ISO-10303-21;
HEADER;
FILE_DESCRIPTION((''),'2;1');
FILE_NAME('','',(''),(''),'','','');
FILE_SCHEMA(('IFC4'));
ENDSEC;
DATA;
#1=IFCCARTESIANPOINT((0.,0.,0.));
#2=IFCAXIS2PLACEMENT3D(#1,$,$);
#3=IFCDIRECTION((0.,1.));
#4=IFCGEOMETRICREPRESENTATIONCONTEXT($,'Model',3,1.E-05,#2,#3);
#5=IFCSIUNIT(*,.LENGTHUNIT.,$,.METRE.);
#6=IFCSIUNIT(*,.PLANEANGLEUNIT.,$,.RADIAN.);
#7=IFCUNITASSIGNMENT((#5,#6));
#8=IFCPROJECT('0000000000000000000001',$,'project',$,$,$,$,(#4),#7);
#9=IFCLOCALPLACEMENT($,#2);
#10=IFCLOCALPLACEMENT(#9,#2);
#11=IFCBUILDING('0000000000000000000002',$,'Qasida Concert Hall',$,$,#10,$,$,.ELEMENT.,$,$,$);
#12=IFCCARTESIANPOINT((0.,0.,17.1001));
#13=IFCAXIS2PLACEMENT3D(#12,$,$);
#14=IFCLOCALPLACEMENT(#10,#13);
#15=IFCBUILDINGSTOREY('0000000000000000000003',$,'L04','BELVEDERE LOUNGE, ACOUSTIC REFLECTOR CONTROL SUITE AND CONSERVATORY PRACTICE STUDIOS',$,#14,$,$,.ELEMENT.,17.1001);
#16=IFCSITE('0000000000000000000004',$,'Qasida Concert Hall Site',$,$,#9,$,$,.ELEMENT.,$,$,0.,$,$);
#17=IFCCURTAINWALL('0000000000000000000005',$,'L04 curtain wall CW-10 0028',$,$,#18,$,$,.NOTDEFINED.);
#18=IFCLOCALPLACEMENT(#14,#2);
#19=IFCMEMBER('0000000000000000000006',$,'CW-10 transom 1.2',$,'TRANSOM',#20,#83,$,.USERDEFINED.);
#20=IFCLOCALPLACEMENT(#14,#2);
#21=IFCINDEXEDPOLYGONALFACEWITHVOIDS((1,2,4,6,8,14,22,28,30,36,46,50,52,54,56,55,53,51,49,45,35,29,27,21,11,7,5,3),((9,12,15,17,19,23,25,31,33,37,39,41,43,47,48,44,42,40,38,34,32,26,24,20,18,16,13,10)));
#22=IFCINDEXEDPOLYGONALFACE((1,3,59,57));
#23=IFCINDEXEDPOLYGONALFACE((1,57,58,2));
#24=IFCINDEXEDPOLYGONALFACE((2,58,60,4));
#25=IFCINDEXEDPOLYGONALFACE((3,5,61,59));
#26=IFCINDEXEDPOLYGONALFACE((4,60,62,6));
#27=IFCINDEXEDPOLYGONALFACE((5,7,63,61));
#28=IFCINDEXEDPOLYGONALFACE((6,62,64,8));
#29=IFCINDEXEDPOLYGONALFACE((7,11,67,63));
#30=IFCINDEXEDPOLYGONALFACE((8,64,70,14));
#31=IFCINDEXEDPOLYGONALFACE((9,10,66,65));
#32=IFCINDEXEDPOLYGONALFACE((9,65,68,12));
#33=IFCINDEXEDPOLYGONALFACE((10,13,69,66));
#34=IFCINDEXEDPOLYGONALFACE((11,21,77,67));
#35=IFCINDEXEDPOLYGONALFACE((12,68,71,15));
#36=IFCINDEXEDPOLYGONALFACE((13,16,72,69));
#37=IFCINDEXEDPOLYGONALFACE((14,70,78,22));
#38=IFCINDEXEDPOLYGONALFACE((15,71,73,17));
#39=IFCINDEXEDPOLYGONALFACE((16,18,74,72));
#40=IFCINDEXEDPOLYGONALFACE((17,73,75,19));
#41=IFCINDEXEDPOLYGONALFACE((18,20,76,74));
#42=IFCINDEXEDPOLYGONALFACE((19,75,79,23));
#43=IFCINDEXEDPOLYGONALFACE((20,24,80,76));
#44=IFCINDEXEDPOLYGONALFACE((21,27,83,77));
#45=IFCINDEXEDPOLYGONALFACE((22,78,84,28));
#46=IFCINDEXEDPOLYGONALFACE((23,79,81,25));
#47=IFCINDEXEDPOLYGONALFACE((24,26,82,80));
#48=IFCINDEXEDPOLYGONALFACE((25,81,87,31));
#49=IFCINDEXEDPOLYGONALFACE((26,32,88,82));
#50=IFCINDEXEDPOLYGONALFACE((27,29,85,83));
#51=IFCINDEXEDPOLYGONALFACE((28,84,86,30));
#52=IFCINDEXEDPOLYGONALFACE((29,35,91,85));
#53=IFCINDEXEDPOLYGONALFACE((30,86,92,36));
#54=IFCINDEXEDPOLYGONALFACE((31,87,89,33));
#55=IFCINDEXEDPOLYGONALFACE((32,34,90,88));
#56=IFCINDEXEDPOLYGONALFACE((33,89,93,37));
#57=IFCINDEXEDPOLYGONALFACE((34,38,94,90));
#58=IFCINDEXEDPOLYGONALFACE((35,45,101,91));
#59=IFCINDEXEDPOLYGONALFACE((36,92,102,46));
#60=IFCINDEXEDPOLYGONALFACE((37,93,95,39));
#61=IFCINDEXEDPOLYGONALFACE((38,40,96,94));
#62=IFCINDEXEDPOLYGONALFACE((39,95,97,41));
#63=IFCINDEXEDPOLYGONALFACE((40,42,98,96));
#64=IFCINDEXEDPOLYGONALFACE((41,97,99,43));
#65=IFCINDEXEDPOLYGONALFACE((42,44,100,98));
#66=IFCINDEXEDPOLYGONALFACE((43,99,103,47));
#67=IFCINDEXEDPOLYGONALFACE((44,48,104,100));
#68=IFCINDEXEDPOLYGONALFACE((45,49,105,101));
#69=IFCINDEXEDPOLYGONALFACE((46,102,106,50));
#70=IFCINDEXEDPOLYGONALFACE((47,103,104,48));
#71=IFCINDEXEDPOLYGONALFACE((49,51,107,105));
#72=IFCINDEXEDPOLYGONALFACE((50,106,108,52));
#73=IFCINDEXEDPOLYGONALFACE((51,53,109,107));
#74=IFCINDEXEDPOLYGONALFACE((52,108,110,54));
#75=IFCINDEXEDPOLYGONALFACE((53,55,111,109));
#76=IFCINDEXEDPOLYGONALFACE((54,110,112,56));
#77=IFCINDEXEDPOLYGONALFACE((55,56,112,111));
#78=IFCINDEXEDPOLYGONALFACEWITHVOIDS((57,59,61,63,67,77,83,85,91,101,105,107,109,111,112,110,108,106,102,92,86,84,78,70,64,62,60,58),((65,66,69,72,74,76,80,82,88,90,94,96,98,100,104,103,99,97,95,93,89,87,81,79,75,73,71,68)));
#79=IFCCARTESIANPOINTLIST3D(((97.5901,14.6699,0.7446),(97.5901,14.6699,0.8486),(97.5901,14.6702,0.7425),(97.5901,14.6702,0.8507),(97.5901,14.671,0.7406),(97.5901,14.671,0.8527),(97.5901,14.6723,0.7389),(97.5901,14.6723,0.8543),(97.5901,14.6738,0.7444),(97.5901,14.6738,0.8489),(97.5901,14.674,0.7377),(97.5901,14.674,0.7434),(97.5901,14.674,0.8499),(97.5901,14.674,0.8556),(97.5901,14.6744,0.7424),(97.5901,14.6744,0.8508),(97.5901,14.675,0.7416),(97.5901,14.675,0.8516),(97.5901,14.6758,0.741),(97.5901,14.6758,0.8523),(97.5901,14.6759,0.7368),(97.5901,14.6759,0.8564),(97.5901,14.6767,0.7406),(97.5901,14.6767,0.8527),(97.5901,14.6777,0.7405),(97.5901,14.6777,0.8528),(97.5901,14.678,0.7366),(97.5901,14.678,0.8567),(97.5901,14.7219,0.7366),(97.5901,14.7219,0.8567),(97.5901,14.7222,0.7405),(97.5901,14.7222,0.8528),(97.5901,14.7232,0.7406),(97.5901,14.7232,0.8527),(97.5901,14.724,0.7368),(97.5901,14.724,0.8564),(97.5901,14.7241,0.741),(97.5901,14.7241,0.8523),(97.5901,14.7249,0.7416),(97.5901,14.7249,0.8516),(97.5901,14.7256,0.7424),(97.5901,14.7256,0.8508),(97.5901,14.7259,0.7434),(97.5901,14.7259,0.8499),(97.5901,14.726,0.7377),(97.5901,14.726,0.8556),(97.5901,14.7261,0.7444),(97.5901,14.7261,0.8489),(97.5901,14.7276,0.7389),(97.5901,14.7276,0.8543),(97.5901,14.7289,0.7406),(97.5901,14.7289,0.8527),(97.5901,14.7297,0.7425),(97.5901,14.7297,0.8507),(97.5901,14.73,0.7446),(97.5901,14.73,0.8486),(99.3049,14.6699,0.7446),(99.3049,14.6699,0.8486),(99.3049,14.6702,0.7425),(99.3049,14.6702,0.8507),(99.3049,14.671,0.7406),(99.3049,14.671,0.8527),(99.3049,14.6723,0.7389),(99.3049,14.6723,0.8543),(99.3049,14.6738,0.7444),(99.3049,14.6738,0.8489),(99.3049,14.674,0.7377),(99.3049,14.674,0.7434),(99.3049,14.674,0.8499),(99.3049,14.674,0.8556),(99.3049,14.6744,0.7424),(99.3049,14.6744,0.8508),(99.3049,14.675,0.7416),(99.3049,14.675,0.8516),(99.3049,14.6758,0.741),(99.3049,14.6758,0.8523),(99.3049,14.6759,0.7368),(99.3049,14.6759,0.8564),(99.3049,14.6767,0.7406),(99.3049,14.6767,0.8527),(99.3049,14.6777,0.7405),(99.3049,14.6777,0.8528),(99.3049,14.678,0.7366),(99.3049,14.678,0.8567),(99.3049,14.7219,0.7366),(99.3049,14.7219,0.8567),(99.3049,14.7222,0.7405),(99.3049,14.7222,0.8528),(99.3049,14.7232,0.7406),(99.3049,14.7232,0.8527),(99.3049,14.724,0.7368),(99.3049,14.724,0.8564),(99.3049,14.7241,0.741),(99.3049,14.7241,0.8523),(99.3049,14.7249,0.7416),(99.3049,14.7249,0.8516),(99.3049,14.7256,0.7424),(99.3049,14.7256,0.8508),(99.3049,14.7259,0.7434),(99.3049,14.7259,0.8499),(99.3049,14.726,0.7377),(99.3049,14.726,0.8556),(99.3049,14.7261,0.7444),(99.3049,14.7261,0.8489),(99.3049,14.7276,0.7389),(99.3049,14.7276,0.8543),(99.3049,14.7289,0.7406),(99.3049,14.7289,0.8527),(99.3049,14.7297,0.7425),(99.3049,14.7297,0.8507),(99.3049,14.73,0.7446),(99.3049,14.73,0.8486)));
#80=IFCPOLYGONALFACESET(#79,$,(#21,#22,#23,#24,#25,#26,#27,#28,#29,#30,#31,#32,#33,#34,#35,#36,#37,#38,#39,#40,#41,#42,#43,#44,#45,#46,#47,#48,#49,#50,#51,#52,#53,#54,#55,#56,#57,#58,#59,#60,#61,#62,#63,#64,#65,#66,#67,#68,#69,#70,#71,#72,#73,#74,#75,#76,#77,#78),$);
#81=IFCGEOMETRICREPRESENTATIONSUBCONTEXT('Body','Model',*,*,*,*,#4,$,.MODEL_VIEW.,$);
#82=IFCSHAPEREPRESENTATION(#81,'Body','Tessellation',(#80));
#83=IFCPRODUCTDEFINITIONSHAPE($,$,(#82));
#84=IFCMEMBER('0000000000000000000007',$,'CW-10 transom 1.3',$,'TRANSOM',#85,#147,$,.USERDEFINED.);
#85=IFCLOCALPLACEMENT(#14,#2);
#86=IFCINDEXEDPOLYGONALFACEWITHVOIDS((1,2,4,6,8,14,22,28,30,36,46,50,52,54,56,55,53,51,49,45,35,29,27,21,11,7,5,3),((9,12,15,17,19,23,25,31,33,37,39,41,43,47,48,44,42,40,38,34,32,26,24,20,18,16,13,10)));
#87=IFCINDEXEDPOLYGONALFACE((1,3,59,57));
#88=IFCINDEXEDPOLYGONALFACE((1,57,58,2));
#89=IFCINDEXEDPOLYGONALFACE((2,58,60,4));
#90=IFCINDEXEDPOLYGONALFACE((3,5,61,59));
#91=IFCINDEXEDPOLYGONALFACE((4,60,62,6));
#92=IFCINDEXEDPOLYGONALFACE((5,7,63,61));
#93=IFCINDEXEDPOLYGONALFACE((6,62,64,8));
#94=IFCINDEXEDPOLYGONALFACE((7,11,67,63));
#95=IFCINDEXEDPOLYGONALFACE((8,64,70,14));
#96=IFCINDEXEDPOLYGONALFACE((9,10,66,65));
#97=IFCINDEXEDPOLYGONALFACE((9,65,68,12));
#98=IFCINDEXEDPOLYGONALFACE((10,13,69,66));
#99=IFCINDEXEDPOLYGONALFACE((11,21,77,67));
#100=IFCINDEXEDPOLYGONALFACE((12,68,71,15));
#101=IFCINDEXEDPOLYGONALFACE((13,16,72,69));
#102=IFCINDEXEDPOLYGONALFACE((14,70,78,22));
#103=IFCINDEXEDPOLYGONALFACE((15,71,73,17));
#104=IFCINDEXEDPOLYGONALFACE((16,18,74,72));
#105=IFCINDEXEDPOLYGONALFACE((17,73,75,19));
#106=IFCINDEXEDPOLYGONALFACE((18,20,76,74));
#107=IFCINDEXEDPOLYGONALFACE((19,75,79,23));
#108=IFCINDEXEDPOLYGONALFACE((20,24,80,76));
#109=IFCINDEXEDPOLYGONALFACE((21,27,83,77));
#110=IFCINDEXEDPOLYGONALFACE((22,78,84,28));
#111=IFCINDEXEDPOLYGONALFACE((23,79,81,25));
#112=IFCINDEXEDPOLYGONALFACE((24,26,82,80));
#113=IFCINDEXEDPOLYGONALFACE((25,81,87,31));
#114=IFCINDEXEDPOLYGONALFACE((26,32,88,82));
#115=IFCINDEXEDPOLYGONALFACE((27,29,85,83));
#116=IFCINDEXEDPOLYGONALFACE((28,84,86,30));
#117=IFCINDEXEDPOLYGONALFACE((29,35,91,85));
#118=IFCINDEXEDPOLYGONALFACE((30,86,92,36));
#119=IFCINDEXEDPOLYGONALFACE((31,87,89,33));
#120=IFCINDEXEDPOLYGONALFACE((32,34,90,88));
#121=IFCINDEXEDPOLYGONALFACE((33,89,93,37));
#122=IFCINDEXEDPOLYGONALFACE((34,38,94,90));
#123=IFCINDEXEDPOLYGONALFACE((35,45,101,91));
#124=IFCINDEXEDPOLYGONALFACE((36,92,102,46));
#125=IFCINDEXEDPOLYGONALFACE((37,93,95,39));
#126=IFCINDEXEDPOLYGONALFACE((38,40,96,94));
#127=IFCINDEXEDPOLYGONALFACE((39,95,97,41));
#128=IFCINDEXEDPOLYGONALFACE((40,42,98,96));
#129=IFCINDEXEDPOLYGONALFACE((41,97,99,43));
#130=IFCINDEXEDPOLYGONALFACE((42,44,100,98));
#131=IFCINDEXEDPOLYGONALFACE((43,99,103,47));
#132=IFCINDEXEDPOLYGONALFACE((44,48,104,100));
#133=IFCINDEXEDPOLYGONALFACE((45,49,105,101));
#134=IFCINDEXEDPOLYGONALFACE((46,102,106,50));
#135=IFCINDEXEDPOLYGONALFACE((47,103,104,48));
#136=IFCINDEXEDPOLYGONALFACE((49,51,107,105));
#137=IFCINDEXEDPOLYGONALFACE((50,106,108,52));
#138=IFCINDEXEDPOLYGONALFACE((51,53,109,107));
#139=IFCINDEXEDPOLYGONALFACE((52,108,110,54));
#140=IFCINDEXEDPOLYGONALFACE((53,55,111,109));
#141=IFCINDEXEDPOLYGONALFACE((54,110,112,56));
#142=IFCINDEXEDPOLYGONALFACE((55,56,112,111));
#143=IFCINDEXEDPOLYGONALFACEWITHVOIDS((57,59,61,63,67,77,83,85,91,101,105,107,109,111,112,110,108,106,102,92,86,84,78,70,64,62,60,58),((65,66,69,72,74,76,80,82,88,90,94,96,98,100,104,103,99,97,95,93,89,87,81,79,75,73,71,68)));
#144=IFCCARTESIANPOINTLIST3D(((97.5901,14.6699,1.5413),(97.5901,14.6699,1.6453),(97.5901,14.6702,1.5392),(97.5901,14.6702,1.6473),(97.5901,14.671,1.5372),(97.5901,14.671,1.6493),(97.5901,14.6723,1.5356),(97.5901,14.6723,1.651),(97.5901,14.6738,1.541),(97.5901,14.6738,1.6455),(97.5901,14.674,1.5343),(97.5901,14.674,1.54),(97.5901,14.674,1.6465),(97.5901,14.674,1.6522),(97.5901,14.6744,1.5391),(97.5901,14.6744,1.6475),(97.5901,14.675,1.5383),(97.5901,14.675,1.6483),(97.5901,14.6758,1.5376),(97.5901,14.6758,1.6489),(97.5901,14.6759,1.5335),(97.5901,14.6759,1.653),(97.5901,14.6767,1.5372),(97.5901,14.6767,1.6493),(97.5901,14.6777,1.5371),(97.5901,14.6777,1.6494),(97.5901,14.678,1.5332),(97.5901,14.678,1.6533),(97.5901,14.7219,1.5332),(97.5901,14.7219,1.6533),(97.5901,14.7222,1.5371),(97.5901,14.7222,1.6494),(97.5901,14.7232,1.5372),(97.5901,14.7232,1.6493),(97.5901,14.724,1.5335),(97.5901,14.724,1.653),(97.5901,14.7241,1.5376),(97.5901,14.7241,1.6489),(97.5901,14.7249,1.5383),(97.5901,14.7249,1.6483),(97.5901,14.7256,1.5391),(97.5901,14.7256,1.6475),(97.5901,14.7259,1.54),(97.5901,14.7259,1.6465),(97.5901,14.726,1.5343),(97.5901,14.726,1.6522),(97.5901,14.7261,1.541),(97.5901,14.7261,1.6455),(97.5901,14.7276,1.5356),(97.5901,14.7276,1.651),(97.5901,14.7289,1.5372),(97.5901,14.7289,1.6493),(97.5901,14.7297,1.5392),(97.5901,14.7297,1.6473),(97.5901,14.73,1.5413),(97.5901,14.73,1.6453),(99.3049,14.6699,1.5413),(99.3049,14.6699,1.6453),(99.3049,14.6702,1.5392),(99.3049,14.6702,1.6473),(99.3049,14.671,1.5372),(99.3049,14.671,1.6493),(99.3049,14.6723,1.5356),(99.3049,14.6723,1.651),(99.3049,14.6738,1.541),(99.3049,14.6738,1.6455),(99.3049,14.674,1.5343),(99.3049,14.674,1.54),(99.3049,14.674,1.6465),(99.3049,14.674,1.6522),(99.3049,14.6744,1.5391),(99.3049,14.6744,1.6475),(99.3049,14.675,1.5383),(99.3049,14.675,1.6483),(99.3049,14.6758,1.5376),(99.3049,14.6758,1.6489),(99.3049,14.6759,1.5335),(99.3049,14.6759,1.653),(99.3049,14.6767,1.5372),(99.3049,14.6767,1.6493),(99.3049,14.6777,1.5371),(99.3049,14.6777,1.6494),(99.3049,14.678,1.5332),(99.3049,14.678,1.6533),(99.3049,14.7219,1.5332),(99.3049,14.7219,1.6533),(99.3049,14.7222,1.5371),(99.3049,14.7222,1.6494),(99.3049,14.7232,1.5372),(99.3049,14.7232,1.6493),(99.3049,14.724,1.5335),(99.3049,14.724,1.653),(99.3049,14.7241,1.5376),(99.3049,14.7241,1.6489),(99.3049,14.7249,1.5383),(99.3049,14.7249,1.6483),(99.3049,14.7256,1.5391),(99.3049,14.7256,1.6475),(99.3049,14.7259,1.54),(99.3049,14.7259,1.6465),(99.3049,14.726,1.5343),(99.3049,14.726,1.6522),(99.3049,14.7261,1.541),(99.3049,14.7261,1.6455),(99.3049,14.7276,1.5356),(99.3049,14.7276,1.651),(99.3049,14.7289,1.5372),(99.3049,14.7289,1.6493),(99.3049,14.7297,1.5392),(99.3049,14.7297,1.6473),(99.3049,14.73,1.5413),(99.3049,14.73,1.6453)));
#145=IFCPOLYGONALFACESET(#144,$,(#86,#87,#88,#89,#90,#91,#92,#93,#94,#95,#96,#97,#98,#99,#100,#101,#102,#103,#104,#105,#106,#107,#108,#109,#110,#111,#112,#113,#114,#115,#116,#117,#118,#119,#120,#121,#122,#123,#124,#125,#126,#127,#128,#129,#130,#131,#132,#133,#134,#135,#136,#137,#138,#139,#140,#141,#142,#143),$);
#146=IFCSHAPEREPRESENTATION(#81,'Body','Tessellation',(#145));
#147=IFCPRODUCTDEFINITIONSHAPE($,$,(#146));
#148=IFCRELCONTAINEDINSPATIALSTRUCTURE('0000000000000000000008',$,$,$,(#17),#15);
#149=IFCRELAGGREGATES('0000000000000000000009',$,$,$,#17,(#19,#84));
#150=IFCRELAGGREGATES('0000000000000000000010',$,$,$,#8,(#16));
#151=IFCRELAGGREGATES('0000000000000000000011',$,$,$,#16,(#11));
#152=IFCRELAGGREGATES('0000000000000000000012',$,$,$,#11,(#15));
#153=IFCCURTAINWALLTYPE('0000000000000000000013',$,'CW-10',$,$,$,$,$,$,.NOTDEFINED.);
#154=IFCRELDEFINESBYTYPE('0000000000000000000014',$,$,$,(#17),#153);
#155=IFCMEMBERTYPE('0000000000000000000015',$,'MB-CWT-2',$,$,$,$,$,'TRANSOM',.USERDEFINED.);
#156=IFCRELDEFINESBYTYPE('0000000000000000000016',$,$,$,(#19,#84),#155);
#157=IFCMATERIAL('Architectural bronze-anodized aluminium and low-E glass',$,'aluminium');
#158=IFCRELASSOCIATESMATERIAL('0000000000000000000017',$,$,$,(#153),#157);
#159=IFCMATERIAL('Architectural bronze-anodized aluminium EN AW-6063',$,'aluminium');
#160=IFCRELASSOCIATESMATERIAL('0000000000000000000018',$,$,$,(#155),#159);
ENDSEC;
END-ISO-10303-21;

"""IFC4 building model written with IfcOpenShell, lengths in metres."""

from ifc_helpers import new_model, si_unit, direction, frame, origin, origin_2d, place, context, subcontext, project, spatial, hollow_rectangle, extrude, material, material_profile, profile_set, type_object, element, aggregate, save


model = new_model("IFC4")

# Units and contexts
model_context = context("Model", 3, precision=1e-05, world=origin(), true_north=direction((0.0, 1.0)))
body_context = subcontext(model_context, "Body", "Model", "MODEL_VIEW")
ifc_project = project(units=[si_unit("LENGTHUNIT", "METRE"), si_unit("PLANEANGLEUNIT", "RADIAN")], contexts=[model_context])

# Site, building, storey
site_placement = place(None, origin())
site = spatial("IfcSite", under=ifc_project, at=site_placement, Name="Qasida Concert Hall Site", CompositionType="ELEMENT", RefElevation=0.0)
building_placement = place(site_placement, origin())
building = spatial("IfcBuilding", under=site, at=building_placement, Name="Qasida Concert Hall", CompositionType="ELEMENT")
storey_placement = place(building_placement, frame((0.0, 0.0, 17.1001)))
storey = spatial("IfcBuildingStorey", under=building, at=storey_placement, Name="L04", Description="BELVEDERE LOUNGE, ACOUSTIC REFLECTOR CONTROL SUITE AND CONSERVATORY PRACTICE STUDIOS", CompositionType="ELEMENT", Elevation=17.1001)

# Shared definitions
ifc_material_1 = material(Name="Architectural bronze-anodized aluminium and low-E glass", Category="aluminium")
curtain_wall_type = type_object("IfcCurtainWallType", Name="CW-10", PredefinedType="NOTDEFINED", material=ifc_material_1)
ifc_material_2 = material(Name="Architectural bronze-anodized aluminium EN AW-6063", Category="aluminium")

# Curtain wall
curtain_wall_1_placement = place(storey_placement, origin())
curtain_wall_1 = element("IfcCurtainWall", 1, at=curtain_wall_1_placement, inside=storey, type_object=curtain_wall_type, Name="L04 curtain wall CW-10 0028", PredefinedType="NOTDEFINED")

# Members
ifc_material_profile_1 = material_profile(ifc_material_2, hollow_rectangle(XDim=0.0601, YDim=0.1201, WallThickness=0.0039, InnerFilletRadius=0.0039, OuterFilletRadius=0.0081, at=origin_2d()), Name="CWT 120x60x4")
ifc_profile_set_1 = profile_set([ifc_material_profile_1], Name="Architectural bronze-anodized aluminium EN AW-6063")
member_type_1 = type_object("IfcMemberType", Name="MB-CWT-2", ElementType="TRANSOM", PredefinedType="USERDEFINED", material=ifc_profile_set_1)
member_1_placement = place(storey_placement, frame((97.5901, 14.7, 0.7966), z_axis=(1.0, 0.0, 0.0), x_axis=(0.0, 1.0, 0.0)))
member_1 = element("IfcMember", 2, at=member_1_placement, type_object=member_type_1, Name="CW-10 transom 1.2", ObjectType="TRANSOM", PredefinedType="USERDEFINED", context=body_context, shape_type="SweptSolid", body=[
    extrude(hollow_rectangle(XDim=0.0601, YDim=0.1201, WallThickness=0.0039, InnerFilletRadius=0.0039, OuterFilletRadius=0.0081, at=origin_2d()), origin(), (0.0, 0.0, 1.0), 1.7148),
])
member_2_placement = place(storey_placement, frame((97.5901, 14.7, 1.5933), z_axis=(1.0, 0.0, 0.0), x_axis=(0.0, 1.0, 0.0)))
member_2 = element("IfcMember", 3, at=member_2_placement, type_object=member_type_1, Name="CW-10 transom 1.3", ObjectType="TRANSOM", PredefinedType="USERDEFINED", context=body_context, shape_type="SweptSolid", body=[
    extrude(hollow_rectangle(XDim=0.0601, YDim=0.1201, WallThickness=0.0039, InnerFilletRadius=0.0039, OuterFilletRadius=0.0081, at=origin_2d()), origin(), (0.0, 0.0, 1.0), 1.7148),
])
aggregate(curtain_wall_1, [member_1, member_2])

save(model, "model.ifc")
